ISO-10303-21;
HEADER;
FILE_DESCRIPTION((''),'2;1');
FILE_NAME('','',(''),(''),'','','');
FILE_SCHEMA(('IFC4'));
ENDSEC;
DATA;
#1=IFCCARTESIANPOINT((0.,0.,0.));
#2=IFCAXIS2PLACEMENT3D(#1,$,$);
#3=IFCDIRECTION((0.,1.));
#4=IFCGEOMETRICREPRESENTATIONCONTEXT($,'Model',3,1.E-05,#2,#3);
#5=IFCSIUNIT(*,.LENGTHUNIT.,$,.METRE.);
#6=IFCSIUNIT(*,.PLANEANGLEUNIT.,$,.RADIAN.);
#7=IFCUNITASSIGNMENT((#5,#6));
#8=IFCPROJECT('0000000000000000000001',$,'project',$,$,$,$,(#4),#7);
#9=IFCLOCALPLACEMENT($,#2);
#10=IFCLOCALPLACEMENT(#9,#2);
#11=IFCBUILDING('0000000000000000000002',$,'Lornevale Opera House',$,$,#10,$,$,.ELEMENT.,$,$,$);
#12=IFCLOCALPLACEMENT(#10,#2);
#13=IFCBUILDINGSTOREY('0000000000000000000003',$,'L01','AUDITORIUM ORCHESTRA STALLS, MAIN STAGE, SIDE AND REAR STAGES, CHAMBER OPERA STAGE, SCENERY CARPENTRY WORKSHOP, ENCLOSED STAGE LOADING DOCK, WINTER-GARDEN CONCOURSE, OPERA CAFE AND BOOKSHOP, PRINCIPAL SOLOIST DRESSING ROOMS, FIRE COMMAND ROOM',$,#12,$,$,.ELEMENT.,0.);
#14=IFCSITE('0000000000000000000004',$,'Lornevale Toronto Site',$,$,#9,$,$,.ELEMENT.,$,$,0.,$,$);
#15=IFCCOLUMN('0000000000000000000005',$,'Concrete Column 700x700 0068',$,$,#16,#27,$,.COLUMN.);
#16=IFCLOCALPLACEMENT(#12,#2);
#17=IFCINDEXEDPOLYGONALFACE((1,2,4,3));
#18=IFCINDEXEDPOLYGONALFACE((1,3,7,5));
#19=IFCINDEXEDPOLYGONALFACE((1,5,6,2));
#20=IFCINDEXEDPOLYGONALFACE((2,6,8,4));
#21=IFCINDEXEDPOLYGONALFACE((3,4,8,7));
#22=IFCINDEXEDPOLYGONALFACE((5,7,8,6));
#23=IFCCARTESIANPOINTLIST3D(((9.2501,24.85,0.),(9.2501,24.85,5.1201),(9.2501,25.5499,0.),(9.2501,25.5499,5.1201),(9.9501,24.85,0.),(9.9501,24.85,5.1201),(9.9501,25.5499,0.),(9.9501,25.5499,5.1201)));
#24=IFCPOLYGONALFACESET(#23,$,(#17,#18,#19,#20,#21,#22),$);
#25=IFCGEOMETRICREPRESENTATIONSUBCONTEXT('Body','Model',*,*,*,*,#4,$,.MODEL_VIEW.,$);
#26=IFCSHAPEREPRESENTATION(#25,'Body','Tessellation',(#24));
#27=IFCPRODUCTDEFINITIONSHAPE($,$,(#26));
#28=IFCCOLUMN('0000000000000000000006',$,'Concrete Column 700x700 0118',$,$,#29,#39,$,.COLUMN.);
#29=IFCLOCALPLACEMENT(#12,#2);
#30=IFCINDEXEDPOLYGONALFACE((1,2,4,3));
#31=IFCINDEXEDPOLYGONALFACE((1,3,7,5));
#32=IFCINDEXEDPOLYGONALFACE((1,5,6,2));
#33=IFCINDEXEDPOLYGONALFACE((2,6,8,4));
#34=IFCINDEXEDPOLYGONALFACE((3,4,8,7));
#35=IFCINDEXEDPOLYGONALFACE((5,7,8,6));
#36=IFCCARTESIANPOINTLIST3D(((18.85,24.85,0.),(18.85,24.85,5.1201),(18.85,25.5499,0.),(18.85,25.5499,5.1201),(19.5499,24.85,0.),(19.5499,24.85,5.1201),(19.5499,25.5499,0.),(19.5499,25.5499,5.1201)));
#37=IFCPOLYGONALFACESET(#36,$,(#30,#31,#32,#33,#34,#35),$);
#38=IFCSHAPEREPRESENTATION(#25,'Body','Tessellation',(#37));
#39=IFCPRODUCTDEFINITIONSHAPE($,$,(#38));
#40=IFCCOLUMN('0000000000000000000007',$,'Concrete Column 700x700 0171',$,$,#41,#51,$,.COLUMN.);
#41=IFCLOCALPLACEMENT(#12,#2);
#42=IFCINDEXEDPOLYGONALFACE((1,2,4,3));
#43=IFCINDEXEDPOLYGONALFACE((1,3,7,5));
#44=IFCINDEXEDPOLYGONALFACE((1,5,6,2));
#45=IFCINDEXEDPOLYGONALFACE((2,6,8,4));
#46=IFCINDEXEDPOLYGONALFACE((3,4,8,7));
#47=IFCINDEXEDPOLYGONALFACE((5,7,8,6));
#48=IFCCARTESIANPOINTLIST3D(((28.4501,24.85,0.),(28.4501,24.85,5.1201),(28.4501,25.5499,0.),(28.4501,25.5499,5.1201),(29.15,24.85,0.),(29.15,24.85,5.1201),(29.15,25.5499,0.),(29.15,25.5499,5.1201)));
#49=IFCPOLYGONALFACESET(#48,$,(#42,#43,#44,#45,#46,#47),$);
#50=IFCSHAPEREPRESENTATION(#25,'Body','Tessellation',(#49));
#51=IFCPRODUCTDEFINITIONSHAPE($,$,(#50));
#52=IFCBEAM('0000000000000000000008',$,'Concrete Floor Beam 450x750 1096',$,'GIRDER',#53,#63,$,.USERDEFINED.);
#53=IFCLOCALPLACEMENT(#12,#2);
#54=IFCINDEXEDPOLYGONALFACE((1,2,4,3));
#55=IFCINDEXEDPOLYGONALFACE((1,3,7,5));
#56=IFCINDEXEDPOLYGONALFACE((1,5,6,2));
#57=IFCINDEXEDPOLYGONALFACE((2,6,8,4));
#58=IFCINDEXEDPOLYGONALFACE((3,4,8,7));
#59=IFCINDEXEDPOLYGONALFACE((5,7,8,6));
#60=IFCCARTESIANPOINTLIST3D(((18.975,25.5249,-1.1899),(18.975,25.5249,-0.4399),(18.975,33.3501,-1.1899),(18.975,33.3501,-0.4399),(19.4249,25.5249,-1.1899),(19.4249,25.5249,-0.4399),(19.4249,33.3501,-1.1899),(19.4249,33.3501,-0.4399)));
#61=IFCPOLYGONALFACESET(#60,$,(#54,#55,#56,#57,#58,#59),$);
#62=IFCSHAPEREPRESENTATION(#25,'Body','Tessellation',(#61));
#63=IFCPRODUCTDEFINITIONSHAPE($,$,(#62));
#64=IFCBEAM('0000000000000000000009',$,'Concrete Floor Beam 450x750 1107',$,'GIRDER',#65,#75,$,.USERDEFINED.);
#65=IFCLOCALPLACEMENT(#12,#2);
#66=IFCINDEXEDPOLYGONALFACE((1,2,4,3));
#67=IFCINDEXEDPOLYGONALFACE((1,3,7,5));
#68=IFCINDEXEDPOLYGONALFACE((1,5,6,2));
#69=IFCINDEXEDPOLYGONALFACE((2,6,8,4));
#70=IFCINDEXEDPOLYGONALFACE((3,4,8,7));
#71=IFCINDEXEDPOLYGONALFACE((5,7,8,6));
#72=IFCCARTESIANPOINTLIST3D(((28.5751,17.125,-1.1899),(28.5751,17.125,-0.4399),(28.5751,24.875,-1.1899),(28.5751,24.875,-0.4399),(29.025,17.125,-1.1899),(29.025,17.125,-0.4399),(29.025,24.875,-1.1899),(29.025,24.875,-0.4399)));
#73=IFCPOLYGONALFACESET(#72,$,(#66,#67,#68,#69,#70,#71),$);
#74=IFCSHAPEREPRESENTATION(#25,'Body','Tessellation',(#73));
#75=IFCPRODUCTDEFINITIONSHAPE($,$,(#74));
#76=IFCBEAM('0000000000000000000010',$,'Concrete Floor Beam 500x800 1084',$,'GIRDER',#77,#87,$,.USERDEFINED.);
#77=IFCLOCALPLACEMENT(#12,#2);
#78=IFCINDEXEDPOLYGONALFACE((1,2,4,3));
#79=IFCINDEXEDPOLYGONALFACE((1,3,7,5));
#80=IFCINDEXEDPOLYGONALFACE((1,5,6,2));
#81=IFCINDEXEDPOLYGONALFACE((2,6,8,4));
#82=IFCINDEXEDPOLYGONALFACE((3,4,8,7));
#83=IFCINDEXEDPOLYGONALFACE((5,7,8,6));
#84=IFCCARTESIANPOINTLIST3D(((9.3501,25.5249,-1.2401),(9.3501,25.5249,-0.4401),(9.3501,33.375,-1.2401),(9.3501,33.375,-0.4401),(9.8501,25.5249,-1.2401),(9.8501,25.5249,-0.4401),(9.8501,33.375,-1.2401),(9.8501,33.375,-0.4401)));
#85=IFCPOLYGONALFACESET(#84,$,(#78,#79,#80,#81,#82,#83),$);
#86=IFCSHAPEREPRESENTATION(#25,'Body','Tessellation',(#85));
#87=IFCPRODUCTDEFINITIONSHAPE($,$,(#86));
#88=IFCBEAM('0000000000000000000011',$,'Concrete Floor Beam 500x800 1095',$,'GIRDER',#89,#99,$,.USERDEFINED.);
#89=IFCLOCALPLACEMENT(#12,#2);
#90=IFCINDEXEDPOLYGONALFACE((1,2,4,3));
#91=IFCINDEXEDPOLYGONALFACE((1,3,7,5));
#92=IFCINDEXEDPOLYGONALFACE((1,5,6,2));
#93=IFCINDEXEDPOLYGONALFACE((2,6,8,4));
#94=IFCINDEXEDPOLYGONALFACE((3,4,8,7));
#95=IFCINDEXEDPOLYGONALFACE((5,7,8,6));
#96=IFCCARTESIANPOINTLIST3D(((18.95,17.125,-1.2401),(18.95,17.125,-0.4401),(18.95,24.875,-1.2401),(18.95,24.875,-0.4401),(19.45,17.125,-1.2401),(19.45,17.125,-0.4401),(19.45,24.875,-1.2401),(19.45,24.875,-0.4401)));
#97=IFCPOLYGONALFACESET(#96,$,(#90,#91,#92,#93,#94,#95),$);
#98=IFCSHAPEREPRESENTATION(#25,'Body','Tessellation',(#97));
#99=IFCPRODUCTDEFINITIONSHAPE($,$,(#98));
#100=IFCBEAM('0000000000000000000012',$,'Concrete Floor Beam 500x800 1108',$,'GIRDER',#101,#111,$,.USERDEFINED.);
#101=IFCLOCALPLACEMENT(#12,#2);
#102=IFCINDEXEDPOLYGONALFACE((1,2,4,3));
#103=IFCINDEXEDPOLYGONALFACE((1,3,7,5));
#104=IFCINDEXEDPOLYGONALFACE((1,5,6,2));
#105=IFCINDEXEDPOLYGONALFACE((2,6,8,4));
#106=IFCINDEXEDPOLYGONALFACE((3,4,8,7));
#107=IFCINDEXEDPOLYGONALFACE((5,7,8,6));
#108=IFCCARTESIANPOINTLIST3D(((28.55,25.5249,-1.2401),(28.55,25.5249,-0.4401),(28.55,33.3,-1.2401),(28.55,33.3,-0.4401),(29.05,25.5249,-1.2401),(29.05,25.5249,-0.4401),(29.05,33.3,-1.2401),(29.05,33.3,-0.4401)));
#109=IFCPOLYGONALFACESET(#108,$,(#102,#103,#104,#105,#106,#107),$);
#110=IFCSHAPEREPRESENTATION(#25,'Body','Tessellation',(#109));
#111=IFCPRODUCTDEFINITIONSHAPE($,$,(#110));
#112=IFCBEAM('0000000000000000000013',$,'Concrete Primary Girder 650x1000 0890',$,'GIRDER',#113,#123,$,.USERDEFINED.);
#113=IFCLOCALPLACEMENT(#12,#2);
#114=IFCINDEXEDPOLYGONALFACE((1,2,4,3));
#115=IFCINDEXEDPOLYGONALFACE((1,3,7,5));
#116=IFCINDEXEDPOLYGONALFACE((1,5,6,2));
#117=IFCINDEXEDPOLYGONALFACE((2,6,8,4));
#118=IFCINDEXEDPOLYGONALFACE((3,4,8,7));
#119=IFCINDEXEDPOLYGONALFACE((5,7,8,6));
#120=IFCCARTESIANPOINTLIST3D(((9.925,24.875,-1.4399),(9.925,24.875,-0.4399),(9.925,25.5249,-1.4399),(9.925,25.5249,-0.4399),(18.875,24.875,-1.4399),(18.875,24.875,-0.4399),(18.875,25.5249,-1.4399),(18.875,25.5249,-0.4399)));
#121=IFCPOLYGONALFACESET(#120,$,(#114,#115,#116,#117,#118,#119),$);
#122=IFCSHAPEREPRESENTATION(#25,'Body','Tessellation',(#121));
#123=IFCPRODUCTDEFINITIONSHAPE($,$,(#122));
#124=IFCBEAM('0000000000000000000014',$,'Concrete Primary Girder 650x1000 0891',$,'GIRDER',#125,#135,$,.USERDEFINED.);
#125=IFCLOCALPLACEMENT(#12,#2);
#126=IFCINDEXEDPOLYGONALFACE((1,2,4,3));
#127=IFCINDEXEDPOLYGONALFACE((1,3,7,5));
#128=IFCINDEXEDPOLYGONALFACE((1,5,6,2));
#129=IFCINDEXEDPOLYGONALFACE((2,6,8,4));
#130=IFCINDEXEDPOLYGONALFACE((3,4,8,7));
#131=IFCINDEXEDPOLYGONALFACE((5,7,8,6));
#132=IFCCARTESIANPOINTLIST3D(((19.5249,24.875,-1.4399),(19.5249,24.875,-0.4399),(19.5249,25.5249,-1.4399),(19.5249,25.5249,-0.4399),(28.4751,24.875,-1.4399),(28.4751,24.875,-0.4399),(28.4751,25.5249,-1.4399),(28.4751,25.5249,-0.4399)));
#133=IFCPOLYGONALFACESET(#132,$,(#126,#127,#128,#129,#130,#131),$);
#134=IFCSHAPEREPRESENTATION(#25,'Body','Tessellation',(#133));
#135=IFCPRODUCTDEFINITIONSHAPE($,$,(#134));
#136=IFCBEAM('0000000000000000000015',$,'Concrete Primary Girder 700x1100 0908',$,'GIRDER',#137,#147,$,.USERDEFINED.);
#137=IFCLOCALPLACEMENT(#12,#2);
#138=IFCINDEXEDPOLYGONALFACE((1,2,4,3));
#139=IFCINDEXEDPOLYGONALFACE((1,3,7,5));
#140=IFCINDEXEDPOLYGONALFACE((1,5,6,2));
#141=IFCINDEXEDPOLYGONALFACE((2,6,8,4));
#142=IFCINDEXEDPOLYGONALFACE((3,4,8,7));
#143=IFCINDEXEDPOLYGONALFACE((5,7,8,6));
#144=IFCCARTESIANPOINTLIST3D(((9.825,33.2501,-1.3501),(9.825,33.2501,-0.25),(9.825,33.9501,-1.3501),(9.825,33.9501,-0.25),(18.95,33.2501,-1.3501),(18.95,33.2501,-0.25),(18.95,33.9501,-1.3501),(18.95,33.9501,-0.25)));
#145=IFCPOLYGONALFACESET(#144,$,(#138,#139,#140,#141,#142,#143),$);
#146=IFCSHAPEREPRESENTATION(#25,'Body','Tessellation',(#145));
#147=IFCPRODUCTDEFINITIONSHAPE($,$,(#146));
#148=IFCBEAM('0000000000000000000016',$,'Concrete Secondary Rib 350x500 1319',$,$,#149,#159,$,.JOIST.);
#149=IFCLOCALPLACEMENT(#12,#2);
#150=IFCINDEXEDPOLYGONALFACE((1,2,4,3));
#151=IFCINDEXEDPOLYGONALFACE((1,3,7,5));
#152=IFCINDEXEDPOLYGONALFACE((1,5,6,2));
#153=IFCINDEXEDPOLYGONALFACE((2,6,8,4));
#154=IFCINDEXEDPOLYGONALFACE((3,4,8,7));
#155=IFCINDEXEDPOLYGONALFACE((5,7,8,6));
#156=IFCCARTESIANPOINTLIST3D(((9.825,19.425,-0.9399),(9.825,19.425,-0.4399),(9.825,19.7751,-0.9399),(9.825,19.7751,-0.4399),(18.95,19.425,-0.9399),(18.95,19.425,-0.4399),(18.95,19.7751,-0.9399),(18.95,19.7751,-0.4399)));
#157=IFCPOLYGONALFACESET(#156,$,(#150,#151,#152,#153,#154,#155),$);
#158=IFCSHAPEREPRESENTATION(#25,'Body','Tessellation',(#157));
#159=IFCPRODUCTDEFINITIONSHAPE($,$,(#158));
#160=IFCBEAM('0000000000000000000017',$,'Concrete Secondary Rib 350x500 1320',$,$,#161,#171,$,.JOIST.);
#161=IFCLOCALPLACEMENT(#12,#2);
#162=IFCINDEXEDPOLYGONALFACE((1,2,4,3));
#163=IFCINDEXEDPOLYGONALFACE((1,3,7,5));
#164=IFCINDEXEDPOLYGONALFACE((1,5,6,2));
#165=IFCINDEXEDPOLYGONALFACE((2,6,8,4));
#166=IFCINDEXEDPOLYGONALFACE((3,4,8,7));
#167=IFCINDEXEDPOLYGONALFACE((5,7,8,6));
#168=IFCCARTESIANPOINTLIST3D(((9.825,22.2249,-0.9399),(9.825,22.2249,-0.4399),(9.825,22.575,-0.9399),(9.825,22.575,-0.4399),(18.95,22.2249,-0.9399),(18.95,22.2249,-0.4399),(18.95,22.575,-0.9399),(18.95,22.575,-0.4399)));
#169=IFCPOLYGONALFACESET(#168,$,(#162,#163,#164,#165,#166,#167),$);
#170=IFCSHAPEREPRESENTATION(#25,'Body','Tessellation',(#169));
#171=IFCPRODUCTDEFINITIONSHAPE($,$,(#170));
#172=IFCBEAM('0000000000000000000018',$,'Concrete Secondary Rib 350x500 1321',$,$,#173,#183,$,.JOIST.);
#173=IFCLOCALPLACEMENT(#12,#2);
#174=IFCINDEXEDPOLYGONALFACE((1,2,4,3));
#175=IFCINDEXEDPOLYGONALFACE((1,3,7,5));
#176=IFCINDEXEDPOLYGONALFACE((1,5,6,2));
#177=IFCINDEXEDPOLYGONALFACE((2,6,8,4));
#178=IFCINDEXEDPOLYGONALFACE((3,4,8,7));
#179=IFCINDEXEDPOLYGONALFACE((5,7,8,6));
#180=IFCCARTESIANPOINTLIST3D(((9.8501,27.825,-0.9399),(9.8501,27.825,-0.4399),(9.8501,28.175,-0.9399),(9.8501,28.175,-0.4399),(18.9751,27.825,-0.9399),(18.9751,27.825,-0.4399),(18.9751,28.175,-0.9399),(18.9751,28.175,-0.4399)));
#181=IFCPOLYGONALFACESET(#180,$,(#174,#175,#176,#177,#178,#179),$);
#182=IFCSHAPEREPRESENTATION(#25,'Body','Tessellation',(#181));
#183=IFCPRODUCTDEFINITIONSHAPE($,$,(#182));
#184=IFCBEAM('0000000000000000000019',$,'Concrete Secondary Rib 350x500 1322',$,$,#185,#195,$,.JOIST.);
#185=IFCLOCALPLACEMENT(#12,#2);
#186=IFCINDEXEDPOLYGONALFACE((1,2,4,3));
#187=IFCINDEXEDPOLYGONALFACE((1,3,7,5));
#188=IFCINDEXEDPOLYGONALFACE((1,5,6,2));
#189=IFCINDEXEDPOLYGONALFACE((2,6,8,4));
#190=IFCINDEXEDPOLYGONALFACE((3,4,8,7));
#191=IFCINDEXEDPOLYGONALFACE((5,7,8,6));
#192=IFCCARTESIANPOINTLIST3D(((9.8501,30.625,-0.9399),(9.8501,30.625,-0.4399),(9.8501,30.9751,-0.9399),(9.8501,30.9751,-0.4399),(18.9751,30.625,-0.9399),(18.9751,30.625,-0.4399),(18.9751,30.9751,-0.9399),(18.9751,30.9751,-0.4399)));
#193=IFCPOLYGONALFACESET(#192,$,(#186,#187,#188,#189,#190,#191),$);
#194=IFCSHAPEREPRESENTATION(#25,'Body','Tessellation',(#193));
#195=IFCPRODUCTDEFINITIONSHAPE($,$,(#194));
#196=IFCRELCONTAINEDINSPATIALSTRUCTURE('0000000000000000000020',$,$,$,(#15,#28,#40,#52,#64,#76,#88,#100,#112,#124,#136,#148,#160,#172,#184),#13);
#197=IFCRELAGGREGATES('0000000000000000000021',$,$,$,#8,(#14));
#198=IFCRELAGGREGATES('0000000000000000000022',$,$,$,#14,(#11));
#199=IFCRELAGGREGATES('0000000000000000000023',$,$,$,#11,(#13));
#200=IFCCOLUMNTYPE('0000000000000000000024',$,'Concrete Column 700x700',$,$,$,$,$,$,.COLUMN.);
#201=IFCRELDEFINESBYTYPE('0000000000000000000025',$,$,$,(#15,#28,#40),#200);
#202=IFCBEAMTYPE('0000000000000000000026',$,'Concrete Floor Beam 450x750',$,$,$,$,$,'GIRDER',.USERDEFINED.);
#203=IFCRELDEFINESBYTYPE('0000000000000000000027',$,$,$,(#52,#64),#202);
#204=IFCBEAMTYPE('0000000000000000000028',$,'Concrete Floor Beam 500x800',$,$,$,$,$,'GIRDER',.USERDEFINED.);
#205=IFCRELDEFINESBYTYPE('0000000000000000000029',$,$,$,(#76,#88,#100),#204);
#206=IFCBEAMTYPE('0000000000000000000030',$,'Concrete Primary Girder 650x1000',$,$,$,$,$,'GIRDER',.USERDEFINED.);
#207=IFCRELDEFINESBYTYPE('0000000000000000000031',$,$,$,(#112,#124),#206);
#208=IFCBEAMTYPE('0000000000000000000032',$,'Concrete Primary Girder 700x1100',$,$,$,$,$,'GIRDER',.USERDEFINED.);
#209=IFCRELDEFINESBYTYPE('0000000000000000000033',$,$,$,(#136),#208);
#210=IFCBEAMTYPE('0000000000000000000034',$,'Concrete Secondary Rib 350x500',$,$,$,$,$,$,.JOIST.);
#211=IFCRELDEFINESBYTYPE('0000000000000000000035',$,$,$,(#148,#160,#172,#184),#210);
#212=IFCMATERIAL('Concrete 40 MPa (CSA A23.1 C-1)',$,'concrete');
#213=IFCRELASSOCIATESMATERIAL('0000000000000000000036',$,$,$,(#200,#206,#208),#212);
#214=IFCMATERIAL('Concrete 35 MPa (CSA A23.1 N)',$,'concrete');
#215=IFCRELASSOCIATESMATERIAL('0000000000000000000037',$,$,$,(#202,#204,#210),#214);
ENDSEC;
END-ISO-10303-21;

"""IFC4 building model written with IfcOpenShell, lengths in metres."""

from ifc_helpers import new_model, si_unit, direction, frame, origin, origin_2d, place, context, subcontext, project, spatial, rectangle, extrude, material, material_profile, profile_set, type_object, element, save


model = new_model("IFC4")

# Units and contexts
model_context = context("Model", 3, precision=1e-05, world=origin(), true_north=direction((0.0, 1.0)))
body_context = subcontext(model_context, "Body", "Model", "MODEL_VIEW")
ifc_project = project(units=[si_unit("LENGTHUNIT", "METRE"), si_unit("PLANEANGLEUNIT", "RADIAN")], contexts=[model_context])

# Site, building, storey
site_placement = place(None, origin())
site = spatial("IfcSite", under=ifc_project, at=site_placement, Name="Lornevale Toronto Site", CompositionType="ELEMENT", RefElevation=0.0)
building_placement = place(site_placement, origin())
building = spatial("IfcBuilding", under=site, at=building_placement, Name="Lornevale Opera House", CompositionType="ELEMENT")
storey_placement = place(building_placement, origin())
storey = spatial("IfcBuildingStorey", under=building, at=storey_placement, Name="L01", Description="AUDITORIUM ORCHESTRA STALLS, MAIN STAGE, SIDE AND REAR STAGES, CHAMBER OPERA STAGE, SCENERY CARPENTRY WORKSHOP, ENCLOSED STAGE LOADING DOCK, WINTER-GARDEN CONCOURSE, OPERA CAFE AND BOOKSHOP, PRINCIPAL SOLOIST DRESSING ROOMS, FIRE COMMAND ROOM", CompositionType="ELEMENT", Elevation=0.0)

# Columns
ifc_material_1 = material(Name="Concrete 40 MPa (CSA A23.1 C-1)", Category="concrete")
ifc_material_profile_1 = material_profile(ifc_material_1, rectangle(XDim=0.7, YDim=0.7, at=origin_2d()), Name="RC700x700")
ifc_profile_set_1 = profile_set([ifc_material_profile_1], Name="Concrete 40 MPa (CSA A23.1 C-1)")
column_type = type_object("IfcColumnType", Name="Concrete Column 700x700", PredefinedType="COLUMN", material=ifc_profile_set_1)
for number, where, z_axis, x_axis, name in (
    (1, (9.6001, 25.2, 0.0), (0.0, 0.0, 1.0), (1.0, 0.0, 0.0), "Concrete Column 700x700 0068"),
    (2, (19.2, 25.2, 0.0), (0.0, 0.0, 1.0), (1.0, 0.0, 0.0), "Concrete Column 700x700 0118"),
    (3, (28.8, 25.2, 0.0), (0.0, 0.0, 1.0), (1.0, 0.0, 0.0), "Concrete Column 700x700 0171"),
):
    element("IfcColumn", number, at=place(storey_placement, frame(where, z_axis=z_axis, x_axis=x_axis)), inside=storey, type_object=column_type, Name=name, PredefinedType="COLUMN", context=body_context, shape_type="SweptSolid", body=[
        extrude(rectangle(XDim=0.7, YDim=0.7, at=origin_2d()), origin(), (0.0, 0.0, 1.0), 5.1201),
    ])

# Beams
ifc_material_2 = material(Name="Concrete 35 MPa (CSA A23.1 N)", Category="concrete")
ifc_material_profile_2 = material_profile(ifc_material_2, rectangle(XDim=0.45, YDim=0.75, at=origin_2d()), Name="RC450x750")
ifc_profile_set_2 = profile_set([ifc_material_profile_2], Name="Concrete 35 MPa (CSA A23.1 N)")
beam_type_1 = type_object("IfcBeamType", Name="Concrete Floor Beam 450x750", ElementType="GIRDER", PredefinedType="USERDEFINED", material=ifc_profile_set_2)
beam_1_placement = place(storey_placement, frame((19.2, 25.5249, -0.8149), z_axis=(0.0, 1.0, 0.0), x_axis=(-1.0, 0.0, 0.0)))
element("IfcBeam", 4, at=beam_1_placement, inside=storey, type_object=beam_type_1, Name="Concrete Floor Beam 450x750 1096", ObjectType="GIRDER", PredefinedType="USERDEFINED", context=body_context, shape_type="SweptSolid", body=[
    extrude(rectangle(XDim=0.45, YDim=0.75, at=origin_2d()), origin(), (0.0, 0.0, 1.0), 7.8252),
])
beam_2_placement = place(storey_placement, frame((28.8, 17.125, -0.8149), z_axis=(0.0, 1.0, 0.0), x_axis=(-1.0, 0.0, 0.0)))
element("IfcBeam", 5, at=beam_2_placement, inside=storey, type_object=beam_type_1, Name="Concrete Floor Beam 450x750 1107", ObjectType="GIRDER", PredefinedType="USERDEFINED", context=body_context, shape_type="SweptSolid", body=[
    extrude(rectangle(XDim=0.45, YDim=0.75, at=origin_2d()), origin(), (0.0, 0.0, 1.0), 7.75),
])
ifc_material_profile_3 = material_profile(ifc_material_2, rectangle(XDim=0.5, YDim=0.8, at=origin_2d()), Name="RC500x800")
ifc_profile_set_3 = profile_set([ifc_material_profile_3], Name="Concrete 35 MPa (CSA A23.1 N)")
beam_type_2 = type_object("IfcBeamType", Name="Concrete Floor Beam 500x800", ElementType="GIRDER", PredefinedType="USERDEFINED", material=ifc_profile_set_3)
beam_3_placement = place(storey_placement, frame((9.6001, 25.5249, -0.8401), z_axis=(0.0, 1.0, 0.0), x_axis=(-1.0, 0.0, 0.0)))
element("IfcBeam", 6, at=beam_3_placement, inside=storey, type_object=beam_type_2, Name="Concrete Floor Beam 500x800 1084", ObjectType="GIRDER", PredefinedType="USERDEFINED", context=body_context, shape_type="SweptSolid", body=[
    extrude(rectangle(XDim=0.5, YDim=0.8, at=origin_2d()), origin(), (0.0, 0.0, 1.0), 7.8501),
])
beam_4_placement = place(storey_placement, frame((19.2, 17.125, -0.8401), z_axis=(0.0, 1.0, 0.0), x_axis=(-1.0, 0.0, 0.0)))
element("IfcBeam", 7, at=beam_4_placement, inside=storey, type_object=beam_type_2, Name="Concrete Floor Beam 500x800 1095", ObjectType="GIRDER", PredefinedType="USERDEFINED", context=body_context, shape_type="SweptSolid", body=[
    extrude(rectangle(XDim=0.5, YDim=0.8, at=origin_2d()), origin(), (0.0, 0.0, 1.0), 7.75),
])
beam_5_placement = place(storey_placement, frame((28.8, 25.5249, -0.8401), z_axis=(0.0, 1.0, 0.0), x_axis=(-1.0, 0.0, 0.0)))
element("IfcBeam", 8, at=beam_5_placement, inside=storey, type_object=beam_type_2, Name="Concrete Floor Beam 500x800 1108", ObjectType="GIRDER", PredefinedType="USERDEFINED", context=body_context, shape_type="SweptSolid", body=[
    extrude(rectangle(XDim=0.5, YDim=0.8, at=origin_2d()), origin(), (0.0, 0.0, 1.0), 7.7751),
])
ifc_material_profile_4 = material_profile(ifc_material_1, rectangle(XDim=0.6499, YDim=1.0, at=origin_2d()), Name="RC650x1000")
ifc_profile_set_4 = profile_set([ifc_material_profile_4], Name="Concrete 40 MPa (CSA A23.1 C-1)")
beam_type_3 = type_object("IfcBeamType", Name="Concrete Primary Girder 650x1000", ElementType="GIRDER", PredefinedType="USERDEFINED", material=ifc_profile_set_4)
beam_6_placement = place(storey_placement, frame((9.925, 25.2, -0.9399), z_axis=(1.0, 0.0, 0.0), x_axis=(0.0, 1.0, 0.0)))
element("IfcBeam", 9, at=beam_6_placement, inside=storey, type_object=beam_type_3, Name="Concrete Primary Girder 650x1000 0890", ObjectType="GIRDER", PredefinedType="USERDEFINED", context=body_context, shape_type="SweptSolid", body=[
    extrude(rectangle(XDim=0.6499, YDim=1.0, at=origin_2d()), origin(), (0.0, 0.0, 1.0), 8.95),
])
beam_7_placement = place(storey_placement, frame((19.5249, 25.2, -0.9399), z_axis=(1.0, 0.0, 0.0), x_axis=(0.0, 1.0, 0.0)))
element("IfcBeam", 10, at=beam_7_placement, inside=storey, type_object=beam_type_3, Name="Concrete Primary Girder 650x1000 0891", ObjectType="GIRDER", PredefinedType="USERDEFINED", context=body_context, shape_type="SweptSolid", body=[
    extrude(rectangle(XDim=0.6499, YDim=1.0, at=origin_2d()), origin(), (0.0, 0.0, 1.0), 8.9502),
])
ifc_material_profile_5 = material_profile(ifc_material_1, rectangle(XDim=0.7, YDim=1.1001, at=origin_2d()), Name="RC700x1100")
ifc_profile_set_5 = profile_set([ifc_material_profile_5], Name="Concrete 40 MPa (CSA A23.1 C-1)")
beam_type_4 = type_object("IfcBeamType", Name="Concrete Primary Girder 700x1100", ElementType="GIRDER", PredefinedType="USERDEFINED", material=ifc_profile_set_5)
beam_8_placement = place(storey_placement, frame((9.825, 33.6001, -0.8), z_axis=(1.0, 0.0, 0.0), x_axis=(0.0, 1.0, 0.0)))
element("IfcBeam", 11, at=beam_8_placement, inside=storey, type_object=beam_type_4, Name="Concrete Primary Girder 700x1100 0908", ObjectType="GIRDER", PredefinedType="USERDEFINED", context=body_context, shape_type="SweptSolid", body=[
    extrude(rectangle(XDim=0.7, YDim=1.1001, at=origin_2d()), origin(), (0.0, 0.0, 1.0), 9.125),
])
ifc_material_profile_6 = material_profile(ifc_material_2, rectangle(XDim=0.3501, YDim=0.5, at=origin_2d()), Name="RC350x500")
ifc_profile_set_6 = profile_set([ifc_material_profile_6], Name="Concrete 35 MPa (CSA A23.1 N)")
beam_type_5 = type_object("IfcBeamType", Name="Concrete Secondary Rib 350x500", PredefinedType="JOIST", material=ifc_profile_set_6)
for number, where, z_axis, x_axis, name in (
    (12, (9.825, 19.6001, -0.6899), (1.0, 0.0, 0.0), (0.0, 1.0, 0.0), "Concrete Secondary Rib 350x500 1319"),
    (13, (9.825, 22.3999, -0.6899), (1.0, 0.0, 0.0), (0.0, 1.0, 0.0), "Concrete Secondary Rib 350x500 1320"),
    (14, (9.8501, 28.0, -0.6899), (1.0, 0.0, 0.0), (0.0, 1.0, 0.0), "Concrete Secondary Rib 350x500 1321"),
    (15, (9.8501, 30.8, -0.6899), (1.0, 0.0, 0.0), (0.0, 1.0, 0.0), "Concrete Secondary Rib 350x500 1322"),
):
    element("IfcBeam", number, at=place(storey_placement, frame(where, z_axis=z_axis, x_axis=x_axis)), inside=storey, type_object=beam_type_5, Name=name, PredefinedType="JOIST", context=body_context, shape_type="SweptSolid", body=[
        extrude(rectangle(XDim=0.3501, YDim=0.5, at=origin_2d()), origin(), (0.0, 0.0, 1.0), 9.125),
    ])

save(model, "model.ifc")
